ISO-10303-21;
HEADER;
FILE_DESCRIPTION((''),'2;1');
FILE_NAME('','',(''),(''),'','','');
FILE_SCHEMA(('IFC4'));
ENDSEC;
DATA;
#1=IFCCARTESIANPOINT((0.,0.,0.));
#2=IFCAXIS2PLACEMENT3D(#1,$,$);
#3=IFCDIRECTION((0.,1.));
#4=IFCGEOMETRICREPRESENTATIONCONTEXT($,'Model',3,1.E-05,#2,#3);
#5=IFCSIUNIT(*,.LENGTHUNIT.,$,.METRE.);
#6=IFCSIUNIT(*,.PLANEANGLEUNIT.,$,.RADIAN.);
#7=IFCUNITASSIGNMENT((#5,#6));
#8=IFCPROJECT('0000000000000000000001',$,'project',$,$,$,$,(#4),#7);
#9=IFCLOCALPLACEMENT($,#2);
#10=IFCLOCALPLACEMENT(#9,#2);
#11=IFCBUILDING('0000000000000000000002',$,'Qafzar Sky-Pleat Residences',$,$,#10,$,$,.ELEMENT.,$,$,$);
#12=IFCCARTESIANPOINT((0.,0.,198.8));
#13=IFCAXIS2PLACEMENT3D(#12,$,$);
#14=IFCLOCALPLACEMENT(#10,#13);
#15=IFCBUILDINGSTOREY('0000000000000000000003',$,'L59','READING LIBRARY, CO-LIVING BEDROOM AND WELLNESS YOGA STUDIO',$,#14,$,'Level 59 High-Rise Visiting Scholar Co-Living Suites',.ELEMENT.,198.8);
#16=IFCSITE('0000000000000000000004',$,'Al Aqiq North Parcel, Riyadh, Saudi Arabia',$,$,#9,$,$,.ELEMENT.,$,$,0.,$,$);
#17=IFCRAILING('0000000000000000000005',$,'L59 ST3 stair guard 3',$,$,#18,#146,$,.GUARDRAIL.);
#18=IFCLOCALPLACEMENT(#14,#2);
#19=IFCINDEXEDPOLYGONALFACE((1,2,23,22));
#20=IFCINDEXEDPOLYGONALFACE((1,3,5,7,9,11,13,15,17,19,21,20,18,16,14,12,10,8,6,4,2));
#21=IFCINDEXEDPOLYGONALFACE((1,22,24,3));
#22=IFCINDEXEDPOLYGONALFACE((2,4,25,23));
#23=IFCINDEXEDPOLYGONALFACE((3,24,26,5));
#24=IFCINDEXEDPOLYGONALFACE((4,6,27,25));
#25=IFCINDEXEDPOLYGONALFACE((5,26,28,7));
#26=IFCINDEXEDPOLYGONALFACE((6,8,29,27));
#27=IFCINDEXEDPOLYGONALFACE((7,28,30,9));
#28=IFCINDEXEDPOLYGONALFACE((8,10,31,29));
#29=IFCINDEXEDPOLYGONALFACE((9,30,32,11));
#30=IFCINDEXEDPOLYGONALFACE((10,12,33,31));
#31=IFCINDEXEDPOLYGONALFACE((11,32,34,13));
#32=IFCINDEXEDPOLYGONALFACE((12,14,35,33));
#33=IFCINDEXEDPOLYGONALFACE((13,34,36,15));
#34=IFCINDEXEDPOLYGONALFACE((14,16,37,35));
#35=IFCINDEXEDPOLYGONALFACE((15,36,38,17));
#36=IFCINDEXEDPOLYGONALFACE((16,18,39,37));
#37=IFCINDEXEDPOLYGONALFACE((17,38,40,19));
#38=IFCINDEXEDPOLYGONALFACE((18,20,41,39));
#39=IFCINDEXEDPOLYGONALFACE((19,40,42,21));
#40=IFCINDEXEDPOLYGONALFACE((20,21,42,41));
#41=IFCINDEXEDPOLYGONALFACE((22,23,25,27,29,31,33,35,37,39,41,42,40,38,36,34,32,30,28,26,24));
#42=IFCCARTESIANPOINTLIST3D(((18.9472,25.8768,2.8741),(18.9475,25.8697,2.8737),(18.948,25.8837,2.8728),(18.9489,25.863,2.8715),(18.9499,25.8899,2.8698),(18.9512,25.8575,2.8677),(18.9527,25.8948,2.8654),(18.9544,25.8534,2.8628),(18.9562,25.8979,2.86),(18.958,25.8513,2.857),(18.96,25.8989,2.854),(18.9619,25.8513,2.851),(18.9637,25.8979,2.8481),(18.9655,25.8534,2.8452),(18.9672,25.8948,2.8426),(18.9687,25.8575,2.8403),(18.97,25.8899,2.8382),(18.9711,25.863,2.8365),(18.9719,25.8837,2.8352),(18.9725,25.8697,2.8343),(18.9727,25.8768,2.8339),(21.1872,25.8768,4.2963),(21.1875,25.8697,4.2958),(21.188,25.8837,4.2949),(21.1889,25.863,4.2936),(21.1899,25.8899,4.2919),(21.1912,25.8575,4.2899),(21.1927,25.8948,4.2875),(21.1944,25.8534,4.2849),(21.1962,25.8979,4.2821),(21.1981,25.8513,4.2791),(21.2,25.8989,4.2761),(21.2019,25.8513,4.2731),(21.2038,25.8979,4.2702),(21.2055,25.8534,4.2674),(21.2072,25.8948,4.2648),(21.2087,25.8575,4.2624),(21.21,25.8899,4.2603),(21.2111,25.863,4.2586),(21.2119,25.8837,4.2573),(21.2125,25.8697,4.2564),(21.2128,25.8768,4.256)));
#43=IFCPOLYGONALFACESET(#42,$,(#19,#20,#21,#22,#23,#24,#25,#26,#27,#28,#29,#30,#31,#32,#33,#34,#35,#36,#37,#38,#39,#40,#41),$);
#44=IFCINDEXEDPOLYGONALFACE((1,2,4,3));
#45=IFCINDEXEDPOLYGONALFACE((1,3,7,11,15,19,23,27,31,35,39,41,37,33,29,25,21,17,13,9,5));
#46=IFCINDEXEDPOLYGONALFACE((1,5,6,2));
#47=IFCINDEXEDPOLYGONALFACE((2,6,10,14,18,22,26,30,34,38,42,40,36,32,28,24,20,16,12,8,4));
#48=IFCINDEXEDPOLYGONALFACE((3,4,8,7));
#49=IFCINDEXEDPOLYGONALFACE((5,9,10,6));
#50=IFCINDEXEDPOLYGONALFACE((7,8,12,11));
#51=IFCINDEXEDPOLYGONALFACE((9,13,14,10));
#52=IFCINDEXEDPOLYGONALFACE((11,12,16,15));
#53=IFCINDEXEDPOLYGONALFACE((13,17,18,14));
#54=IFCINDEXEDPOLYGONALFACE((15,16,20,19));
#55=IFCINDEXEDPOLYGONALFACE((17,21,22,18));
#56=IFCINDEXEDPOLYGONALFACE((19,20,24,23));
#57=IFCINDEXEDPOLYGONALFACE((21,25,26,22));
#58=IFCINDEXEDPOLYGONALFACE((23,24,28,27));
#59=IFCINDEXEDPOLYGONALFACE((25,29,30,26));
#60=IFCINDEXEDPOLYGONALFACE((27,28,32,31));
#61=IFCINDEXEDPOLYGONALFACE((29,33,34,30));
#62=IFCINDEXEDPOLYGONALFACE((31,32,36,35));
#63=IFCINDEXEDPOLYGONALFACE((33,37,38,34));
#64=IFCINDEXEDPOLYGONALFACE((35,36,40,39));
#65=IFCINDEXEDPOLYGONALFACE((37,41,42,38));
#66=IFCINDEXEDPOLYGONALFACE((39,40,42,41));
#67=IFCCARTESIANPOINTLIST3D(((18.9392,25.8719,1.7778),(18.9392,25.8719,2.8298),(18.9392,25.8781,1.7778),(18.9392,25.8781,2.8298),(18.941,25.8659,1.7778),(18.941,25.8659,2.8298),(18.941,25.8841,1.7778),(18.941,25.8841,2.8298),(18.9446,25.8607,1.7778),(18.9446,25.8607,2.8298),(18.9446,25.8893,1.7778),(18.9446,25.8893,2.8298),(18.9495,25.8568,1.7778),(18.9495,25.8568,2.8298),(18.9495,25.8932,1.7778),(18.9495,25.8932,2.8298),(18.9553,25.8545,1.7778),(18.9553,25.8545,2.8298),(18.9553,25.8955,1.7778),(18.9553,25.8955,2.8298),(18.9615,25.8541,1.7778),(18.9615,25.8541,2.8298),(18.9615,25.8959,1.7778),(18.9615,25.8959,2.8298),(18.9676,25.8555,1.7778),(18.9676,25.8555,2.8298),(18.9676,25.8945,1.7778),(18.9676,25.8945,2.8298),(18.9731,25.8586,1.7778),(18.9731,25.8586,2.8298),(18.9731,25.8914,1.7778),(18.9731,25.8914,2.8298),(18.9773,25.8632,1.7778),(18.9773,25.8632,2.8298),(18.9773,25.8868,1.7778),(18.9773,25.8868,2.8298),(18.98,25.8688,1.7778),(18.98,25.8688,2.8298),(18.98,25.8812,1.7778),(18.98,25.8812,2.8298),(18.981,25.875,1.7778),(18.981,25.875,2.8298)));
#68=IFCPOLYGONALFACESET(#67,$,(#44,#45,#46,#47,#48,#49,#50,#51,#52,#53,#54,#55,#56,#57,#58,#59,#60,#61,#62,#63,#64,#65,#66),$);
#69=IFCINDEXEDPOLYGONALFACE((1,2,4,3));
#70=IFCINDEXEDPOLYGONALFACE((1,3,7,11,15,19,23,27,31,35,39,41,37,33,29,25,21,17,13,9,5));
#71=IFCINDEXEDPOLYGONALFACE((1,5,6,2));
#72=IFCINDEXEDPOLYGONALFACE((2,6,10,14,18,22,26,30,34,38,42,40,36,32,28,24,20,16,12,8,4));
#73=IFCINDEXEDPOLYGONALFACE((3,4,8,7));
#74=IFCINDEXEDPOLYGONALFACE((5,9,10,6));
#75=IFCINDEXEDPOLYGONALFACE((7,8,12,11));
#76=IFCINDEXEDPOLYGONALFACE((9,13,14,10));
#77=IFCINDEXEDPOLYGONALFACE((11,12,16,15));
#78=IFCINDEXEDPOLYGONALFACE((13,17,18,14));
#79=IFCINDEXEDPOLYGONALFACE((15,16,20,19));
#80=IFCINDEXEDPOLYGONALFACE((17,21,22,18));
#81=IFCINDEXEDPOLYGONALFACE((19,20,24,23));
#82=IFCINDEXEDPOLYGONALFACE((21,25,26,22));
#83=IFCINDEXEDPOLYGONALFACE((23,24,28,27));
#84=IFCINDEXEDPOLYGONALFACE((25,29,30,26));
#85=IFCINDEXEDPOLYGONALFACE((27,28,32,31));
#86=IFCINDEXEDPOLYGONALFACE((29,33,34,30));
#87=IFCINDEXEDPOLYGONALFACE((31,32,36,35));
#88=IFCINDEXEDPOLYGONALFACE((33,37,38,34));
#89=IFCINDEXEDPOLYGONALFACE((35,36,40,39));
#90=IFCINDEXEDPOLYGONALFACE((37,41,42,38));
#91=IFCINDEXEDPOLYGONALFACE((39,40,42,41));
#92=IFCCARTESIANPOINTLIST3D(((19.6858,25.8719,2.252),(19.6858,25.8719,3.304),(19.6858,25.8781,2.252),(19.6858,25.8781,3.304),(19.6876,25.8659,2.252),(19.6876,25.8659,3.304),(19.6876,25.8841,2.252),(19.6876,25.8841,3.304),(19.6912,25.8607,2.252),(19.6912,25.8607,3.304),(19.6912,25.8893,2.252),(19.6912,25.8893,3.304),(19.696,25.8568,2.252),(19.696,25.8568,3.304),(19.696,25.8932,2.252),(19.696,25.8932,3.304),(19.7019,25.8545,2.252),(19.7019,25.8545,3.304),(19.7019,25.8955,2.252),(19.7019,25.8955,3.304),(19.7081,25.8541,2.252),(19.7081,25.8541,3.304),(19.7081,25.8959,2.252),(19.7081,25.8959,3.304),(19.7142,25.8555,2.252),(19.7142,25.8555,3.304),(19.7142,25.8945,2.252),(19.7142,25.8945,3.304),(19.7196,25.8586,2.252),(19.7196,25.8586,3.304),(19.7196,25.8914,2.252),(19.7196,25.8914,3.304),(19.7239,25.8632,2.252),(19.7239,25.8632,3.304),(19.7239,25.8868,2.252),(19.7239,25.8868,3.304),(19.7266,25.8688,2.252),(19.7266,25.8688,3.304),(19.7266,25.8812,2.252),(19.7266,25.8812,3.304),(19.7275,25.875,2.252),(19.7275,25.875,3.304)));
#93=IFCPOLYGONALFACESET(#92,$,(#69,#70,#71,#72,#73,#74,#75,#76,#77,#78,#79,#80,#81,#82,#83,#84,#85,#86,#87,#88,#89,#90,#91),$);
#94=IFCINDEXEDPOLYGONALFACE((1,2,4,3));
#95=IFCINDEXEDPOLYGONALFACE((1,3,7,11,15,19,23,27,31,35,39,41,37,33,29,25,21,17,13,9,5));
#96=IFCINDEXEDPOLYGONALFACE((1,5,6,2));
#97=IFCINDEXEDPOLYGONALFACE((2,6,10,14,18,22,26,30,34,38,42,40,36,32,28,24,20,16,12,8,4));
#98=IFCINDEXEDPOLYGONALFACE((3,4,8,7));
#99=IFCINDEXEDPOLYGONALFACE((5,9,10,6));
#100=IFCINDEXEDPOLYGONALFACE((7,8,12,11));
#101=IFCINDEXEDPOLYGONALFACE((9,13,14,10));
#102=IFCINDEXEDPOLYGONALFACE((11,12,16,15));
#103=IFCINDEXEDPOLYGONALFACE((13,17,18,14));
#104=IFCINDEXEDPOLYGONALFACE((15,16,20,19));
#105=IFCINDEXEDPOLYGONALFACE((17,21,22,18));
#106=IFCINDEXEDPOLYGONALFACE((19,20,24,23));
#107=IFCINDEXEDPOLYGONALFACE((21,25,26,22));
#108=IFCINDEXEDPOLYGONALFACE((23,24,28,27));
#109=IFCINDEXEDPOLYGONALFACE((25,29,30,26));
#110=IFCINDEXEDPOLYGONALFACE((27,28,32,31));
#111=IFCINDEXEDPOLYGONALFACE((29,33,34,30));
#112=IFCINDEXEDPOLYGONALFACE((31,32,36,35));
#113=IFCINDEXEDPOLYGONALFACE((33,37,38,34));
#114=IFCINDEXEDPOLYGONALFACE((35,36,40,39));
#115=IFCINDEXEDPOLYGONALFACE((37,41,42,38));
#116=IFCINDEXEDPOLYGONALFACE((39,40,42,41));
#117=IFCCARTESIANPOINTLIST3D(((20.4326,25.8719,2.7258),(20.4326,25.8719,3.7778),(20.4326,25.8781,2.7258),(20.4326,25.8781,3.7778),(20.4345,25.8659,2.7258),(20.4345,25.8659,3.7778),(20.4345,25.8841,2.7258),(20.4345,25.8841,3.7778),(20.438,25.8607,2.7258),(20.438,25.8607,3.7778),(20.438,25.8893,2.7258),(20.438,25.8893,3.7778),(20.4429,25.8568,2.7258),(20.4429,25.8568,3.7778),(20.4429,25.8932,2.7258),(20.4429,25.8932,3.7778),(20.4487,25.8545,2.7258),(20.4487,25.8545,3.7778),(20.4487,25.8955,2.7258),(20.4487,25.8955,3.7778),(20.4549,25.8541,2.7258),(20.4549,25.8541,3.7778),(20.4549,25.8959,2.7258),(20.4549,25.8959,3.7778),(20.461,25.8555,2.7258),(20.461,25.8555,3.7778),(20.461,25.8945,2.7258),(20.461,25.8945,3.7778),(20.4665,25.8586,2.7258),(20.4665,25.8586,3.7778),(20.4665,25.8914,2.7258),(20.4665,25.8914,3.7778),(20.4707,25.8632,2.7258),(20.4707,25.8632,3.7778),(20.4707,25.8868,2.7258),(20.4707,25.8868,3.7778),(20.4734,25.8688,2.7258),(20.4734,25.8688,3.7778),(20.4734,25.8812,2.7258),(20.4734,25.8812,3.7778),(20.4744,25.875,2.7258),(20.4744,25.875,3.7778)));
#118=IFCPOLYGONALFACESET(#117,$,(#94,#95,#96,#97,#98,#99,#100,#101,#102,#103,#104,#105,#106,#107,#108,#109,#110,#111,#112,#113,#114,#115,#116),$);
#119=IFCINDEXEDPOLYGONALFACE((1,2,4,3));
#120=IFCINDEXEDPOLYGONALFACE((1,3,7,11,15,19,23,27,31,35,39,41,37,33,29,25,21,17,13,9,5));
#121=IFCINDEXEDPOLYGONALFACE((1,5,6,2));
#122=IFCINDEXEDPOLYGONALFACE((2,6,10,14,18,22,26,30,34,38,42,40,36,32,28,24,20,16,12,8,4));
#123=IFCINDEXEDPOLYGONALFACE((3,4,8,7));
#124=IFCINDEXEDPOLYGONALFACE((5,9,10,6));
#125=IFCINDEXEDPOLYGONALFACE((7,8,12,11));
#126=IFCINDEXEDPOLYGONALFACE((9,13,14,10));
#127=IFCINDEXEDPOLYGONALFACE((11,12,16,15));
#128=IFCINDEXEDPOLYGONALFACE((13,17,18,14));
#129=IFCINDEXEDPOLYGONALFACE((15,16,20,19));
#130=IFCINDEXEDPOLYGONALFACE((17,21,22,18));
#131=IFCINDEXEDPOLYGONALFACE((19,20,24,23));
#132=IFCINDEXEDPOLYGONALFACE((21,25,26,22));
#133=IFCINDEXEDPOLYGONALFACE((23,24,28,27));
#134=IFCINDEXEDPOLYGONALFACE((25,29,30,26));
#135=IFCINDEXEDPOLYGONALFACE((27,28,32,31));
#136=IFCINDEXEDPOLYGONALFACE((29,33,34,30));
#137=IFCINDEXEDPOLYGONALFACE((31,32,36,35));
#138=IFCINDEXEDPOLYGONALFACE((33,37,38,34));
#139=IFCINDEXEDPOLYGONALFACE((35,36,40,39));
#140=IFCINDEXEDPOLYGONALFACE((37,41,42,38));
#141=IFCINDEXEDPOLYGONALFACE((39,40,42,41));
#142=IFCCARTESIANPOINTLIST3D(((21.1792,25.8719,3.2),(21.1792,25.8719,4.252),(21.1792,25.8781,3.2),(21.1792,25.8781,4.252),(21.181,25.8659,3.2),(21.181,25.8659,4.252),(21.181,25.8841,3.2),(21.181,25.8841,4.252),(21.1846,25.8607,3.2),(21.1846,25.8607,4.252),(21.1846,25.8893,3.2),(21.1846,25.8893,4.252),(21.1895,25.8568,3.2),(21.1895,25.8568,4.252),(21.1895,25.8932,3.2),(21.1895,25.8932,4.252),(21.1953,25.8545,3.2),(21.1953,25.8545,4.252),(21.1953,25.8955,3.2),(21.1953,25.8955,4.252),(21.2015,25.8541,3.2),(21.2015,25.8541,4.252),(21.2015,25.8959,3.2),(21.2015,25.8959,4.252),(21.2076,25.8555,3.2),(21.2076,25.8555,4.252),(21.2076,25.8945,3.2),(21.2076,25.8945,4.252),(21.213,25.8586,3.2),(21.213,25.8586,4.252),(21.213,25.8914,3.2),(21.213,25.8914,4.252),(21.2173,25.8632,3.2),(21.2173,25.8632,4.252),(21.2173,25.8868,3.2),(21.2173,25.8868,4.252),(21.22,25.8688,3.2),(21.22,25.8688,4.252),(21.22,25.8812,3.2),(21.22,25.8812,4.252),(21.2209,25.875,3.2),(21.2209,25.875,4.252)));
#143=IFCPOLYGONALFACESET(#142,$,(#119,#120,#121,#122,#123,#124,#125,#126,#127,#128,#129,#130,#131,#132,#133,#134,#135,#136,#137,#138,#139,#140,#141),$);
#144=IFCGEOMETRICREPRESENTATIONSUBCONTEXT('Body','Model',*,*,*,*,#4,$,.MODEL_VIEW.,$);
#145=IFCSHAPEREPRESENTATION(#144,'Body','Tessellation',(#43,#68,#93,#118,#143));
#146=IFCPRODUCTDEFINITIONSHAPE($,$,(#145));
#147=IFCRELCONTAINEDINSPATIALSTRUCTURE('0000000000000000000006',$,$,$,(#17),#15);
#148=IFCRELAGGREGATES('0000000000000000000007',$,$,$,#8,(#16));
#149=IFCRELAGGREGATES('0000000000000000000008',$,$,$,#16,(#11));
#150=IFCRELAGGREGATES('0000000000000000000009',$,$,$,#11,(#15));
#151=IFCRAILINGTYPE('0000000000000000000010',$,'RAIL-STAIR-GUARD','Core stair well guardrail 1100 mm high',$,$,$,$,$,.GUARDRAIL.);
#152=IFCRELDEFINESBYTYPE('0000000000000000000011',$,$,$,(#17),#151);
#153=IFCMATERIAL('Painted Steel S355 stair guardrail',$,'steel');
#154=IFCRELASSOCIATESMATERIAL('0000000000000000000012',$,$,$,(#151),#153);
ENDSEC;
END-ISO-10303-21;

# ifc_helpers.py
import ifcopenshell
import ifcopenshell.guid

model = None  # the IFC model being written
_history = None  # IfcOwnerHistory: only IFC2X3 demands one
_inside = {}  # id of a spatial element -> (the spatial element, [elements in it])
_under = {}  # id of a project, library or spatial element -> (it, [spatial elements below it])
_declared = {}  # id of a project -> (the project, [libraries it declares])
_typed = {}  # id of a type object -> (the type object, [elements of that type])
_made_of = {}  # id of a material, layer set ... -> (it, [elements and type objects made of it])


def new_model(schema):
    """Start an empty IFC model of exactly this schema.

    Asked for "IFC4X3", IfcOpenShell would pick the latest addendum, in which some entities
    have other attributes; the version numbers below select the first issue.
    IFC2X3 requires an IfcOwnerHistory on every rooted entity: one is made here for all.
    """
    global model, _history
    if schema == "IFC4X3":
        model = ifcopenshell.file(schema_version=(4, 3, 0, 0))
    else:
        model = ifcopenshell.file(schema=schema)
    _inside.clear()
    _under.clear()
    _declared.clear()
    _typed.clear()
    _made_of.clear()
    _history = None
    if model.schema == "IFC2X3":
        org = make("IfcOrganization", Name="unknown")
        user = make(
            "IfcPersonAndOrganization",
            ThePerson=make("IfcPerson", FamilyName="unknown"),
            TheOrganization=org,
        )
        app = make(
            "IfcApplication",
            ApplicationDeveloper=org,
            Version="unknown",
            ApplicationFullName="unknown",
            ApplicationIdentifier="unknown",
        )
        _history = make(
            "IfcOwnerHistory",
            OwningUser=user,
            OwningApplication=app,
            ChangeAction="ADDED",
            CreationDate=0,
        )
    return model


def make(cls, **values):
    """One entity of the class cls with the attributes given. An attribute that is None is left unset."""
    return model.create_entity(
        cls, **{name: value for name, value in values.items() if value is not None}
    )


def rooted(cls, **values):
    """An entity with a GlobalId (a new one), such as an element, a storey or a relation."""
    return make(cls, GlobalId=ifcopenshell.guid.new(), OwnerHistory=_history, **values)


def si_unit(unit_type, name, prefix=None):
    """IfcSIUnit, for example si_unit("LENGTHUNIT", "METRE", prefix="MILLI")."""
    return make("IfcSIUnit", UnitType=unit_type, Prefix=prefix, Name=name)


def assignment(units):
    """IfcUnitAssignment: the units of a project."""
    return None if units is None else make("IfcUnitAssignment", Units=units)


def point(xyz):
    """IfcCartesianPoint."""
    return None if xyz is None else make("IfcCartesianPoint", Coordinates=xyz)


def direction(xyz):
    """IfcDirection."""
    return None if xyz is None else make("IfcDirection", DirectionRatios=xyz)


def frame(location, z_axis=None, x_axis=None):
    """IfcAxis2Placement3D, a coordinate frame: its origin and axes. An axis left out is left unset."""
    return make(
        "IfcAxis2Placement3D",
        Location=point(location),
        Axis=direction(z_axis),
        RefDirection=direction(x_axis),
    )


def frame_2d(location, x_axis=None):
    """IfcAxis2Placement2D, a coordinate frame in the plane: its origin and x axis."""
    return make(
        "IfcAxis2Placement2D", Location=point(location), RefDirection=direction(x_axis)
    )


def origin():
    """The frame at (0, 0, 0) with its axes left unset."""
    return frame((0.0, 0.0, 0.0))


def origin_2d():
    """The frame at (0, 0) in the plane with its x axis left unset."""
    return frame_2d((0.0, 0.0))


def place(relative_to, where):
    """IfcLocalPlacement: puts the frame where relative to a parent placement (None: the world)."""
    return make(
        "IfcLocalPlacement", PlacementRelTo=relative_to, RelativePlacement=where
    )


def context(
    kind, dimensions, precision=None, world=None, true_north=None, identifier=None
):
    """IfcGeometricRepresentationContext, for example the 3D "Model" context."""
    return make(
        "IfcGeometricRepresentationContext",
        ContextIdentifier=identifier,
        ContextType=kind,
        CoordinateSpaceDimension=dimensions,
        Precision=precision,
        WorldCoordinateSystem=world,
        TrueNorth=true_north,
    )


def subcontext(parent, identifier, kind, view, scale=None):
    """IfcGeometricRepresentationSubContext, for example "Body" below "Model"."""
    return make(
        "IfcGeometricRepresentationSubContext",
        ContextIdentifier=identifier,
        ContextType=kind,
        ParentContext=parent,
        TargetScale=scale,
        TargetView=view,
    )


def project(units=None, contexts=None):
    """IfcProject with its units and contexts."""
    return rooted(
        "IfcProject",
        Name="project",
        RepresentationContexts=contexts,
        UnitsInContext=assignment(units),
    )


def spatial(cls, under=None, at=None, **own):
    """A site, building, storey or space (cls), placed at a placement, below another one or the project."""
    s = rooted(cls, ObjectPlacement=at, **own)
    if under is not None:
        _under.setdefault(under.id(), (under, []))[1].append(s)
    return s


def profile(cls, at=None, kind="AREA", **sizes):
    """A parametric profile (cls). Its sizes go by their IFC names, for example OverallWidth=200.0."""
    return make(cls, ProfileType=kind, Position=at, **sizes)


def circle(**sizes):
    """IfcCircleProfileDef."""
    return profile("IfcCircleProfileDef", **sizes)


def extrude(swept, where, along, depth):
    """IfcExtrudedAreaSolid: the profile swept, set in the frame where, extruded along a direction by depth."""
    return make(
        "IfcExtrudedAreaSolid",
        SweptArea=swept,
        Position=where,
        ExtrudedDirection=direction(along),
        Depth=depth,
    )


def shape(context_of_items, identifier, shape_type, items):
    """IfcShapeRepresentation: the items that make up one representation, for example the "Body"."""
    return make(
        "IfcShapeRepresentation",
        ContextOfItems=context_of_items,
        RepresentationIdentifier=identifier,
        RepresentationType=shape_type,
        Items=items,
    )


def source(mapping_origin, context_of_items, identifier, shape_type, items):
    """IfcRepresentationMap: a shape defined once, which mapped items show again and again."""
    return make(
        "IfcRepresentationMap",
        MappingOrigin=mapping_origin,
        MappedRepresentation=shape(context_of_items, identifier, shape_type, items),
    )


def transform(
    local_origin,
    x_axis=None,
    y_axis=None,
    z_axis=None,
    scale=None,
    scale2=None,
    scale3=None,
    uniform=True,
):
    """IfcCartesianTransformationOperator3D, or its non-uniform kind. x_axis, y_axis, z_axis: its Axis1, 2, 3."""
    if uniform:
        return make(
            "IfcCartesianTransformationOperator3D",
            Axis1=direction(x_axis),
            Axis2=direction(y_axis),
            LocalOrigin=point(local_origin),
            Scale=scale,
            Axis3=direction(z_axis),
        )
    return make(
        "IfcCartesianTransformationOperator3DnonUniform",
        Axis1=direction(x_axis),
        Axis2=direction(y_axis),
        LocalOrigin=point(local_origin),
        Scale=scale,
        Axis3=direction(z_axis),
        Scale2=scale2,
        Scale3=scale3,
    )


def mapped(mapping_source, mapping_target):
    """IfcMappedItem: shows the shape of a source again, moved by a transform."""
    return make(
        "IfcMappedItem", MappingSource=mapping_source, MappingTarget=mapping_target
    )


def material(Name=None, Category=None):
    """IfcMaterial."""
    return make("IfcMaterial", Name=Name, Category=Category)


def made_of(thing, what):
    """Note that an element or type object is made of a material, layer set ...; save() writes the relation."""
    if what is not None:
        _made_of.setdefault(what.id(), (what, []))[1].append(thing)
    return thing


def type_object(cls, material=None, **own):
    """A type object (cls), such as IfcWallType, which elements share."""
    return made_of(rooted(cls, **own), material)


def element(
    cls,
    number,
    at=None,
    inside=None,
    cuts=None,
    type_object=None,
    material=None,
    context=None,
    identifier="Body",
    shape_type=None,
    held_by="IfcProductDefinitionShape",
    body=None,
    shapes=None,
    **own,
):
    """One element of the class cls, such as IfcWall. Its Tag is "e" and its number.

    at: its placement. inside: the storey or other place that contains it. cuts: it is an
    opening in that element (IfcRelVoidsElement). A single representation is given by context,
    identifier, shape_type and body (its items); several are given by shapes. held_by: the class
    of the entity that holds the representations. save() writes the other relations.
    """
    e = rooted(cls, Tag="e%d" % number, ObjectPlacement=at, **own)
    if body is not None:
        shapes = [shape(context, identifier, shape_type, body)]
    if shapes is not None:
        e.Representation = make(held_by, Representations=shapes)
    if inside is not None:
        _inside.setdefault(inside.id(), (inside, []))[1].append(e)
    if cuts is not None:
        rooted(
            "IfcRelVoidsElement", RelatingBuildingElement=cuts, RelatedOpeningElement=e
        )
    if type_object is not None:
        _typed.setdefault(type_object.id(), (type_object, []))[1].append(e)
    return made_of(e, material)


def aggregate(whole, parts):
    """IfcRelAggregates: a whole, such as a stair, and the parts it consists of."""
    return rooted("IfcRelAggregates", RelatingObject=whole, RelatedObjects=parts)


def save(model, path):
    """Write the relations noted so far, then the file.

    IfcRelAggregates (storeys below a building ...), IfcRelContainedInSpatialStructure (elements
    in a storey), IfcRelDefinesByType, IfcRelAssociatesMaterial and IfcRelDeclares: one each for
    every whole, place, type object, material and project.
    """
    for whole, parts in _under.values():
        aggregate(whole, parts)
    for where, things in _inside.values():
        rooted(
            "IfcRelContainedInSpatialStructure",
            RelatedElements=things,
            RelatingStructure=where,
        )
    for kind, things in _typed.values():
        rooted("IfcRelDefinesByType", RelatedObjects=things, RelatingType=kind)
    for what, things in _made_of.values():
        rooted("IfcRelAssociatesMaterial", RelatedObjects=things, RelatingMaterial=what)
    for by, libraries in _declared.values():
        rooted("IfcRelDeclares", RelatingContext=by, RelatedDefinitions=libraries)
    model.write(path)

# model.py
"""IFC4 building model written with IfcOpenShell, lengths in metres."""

from ifc_helpers import new_model, si_unit, direction, frame, origin, origin_2d, place, context, subcontext, project, spatial, circle, extrude, source, transform, mapped, material, type_object, element, save


model = new_model("IFC4")

# Units and contexts
model_context = context("Model", 3, precision=1e-05, world=origin(), true_north=direction((0.0, 1.0)))
body_context = subcontext(model_context, "Body", "Model", "MODEL_VIEW")
ifc_project = project(units=[si_unit("LENGTHUNIT", "METRE"), si_unit("PLANEANGLEUNIT", "RADIAN")], contexts=[model_context])

# Site, building, storey
site_placement = place(None, origin())
site = spatial("IfcSite", under=ifc_project, at=site_placement, Name="Al Aqiq North Parcel, Riyadh, Saudi Arabia", CompositionType="ELEMENT", RefElevation=0.0)
building_placement = place(site_placement, origin())
building = spatial("IfcBuilding", under=site, at=building_placement, Name="Qafzar Sky-Pleat Residences", CompositionType="ELEMENT")
storey_placement = place(building_placement, frame((0.0, 0.0, 198.8)))
storey = spatial("IfcBuildingStorey", under=building, at=storey_placement, Name="L59", Description="READING LIBRARY, CO-LIVING BEDROOM AND WELLNESS YOGA STUDIO", LongName="Level 59 High-Rise Visiting Scholar Co-Living Suites", CompositionType="ELEMENT", Elevation=198.8)

# Railing
ifc_material_1 = material(Name="Painted Steel S355 stair guardrail", Category="steel")
railing_type_1 = type_object("IfcRailingType", Name="RAIL-STAIR-GUARD", Description="Core stair well guardrail 1100 mm high", PredefinedType="GUARDRAIL", material=ifc_material_1)
shared_shape_1 = source(origin(), body_context, "Body", "SweptSolid", [
    extrude(circle(Radius=0.0239, at=origin_2d()), frame((0.0, 0.0, 1.0762), z_axis=(0.844229, 0.0, 0.535982), x_axis=(0.0, 1.0, 0.0)), (0.0, 0.0, 1.0), 2.6533),
    extrude(circle(Radius=0.021, at=origin_2d()), origin(), (0.0, 0.0, 1.0), 1.052),
    extrude(circle(Radius=0.021, at=origin_2d()), frame((0.7466, 0.0, 0.4741)), (0.0, 0.0, 1.0), 1.052),
    extrude(circle(Radius=0.021, at=origin_2d()), frame((1.4934, 0.0, 0.948)), (0.0, 0.0, 1.0), 1.052),
    extrude(circle(Radius=0.021, at=origin_2d()), frame((2.24, 0.0, 1.4221)), (0.0, 0.0, 1.0), 1.052),
])
railing_1_placement = place(storey_placement, frame((18.96, 25.875, 1.7778)))
element("IfcRailing", 1, at=railing_1_placement, inside=storey, type_object=railing_type_1, Name="L59 ST3 stair guard 3", PredefinedType="GUARDRAIL", context=body_context, shape_type="MappedRepresentation", body=[
    mapped(shared_shape_1, transform((0.0, 0.0, 0.0), x_axis=(1.0, 0.0, 0.0), y_axis=(0.0, 1.0, 0.0), z_axis=(0.0, 0.0, 1.0), scale=1.0)),
])

save(model, "model.ifc")
